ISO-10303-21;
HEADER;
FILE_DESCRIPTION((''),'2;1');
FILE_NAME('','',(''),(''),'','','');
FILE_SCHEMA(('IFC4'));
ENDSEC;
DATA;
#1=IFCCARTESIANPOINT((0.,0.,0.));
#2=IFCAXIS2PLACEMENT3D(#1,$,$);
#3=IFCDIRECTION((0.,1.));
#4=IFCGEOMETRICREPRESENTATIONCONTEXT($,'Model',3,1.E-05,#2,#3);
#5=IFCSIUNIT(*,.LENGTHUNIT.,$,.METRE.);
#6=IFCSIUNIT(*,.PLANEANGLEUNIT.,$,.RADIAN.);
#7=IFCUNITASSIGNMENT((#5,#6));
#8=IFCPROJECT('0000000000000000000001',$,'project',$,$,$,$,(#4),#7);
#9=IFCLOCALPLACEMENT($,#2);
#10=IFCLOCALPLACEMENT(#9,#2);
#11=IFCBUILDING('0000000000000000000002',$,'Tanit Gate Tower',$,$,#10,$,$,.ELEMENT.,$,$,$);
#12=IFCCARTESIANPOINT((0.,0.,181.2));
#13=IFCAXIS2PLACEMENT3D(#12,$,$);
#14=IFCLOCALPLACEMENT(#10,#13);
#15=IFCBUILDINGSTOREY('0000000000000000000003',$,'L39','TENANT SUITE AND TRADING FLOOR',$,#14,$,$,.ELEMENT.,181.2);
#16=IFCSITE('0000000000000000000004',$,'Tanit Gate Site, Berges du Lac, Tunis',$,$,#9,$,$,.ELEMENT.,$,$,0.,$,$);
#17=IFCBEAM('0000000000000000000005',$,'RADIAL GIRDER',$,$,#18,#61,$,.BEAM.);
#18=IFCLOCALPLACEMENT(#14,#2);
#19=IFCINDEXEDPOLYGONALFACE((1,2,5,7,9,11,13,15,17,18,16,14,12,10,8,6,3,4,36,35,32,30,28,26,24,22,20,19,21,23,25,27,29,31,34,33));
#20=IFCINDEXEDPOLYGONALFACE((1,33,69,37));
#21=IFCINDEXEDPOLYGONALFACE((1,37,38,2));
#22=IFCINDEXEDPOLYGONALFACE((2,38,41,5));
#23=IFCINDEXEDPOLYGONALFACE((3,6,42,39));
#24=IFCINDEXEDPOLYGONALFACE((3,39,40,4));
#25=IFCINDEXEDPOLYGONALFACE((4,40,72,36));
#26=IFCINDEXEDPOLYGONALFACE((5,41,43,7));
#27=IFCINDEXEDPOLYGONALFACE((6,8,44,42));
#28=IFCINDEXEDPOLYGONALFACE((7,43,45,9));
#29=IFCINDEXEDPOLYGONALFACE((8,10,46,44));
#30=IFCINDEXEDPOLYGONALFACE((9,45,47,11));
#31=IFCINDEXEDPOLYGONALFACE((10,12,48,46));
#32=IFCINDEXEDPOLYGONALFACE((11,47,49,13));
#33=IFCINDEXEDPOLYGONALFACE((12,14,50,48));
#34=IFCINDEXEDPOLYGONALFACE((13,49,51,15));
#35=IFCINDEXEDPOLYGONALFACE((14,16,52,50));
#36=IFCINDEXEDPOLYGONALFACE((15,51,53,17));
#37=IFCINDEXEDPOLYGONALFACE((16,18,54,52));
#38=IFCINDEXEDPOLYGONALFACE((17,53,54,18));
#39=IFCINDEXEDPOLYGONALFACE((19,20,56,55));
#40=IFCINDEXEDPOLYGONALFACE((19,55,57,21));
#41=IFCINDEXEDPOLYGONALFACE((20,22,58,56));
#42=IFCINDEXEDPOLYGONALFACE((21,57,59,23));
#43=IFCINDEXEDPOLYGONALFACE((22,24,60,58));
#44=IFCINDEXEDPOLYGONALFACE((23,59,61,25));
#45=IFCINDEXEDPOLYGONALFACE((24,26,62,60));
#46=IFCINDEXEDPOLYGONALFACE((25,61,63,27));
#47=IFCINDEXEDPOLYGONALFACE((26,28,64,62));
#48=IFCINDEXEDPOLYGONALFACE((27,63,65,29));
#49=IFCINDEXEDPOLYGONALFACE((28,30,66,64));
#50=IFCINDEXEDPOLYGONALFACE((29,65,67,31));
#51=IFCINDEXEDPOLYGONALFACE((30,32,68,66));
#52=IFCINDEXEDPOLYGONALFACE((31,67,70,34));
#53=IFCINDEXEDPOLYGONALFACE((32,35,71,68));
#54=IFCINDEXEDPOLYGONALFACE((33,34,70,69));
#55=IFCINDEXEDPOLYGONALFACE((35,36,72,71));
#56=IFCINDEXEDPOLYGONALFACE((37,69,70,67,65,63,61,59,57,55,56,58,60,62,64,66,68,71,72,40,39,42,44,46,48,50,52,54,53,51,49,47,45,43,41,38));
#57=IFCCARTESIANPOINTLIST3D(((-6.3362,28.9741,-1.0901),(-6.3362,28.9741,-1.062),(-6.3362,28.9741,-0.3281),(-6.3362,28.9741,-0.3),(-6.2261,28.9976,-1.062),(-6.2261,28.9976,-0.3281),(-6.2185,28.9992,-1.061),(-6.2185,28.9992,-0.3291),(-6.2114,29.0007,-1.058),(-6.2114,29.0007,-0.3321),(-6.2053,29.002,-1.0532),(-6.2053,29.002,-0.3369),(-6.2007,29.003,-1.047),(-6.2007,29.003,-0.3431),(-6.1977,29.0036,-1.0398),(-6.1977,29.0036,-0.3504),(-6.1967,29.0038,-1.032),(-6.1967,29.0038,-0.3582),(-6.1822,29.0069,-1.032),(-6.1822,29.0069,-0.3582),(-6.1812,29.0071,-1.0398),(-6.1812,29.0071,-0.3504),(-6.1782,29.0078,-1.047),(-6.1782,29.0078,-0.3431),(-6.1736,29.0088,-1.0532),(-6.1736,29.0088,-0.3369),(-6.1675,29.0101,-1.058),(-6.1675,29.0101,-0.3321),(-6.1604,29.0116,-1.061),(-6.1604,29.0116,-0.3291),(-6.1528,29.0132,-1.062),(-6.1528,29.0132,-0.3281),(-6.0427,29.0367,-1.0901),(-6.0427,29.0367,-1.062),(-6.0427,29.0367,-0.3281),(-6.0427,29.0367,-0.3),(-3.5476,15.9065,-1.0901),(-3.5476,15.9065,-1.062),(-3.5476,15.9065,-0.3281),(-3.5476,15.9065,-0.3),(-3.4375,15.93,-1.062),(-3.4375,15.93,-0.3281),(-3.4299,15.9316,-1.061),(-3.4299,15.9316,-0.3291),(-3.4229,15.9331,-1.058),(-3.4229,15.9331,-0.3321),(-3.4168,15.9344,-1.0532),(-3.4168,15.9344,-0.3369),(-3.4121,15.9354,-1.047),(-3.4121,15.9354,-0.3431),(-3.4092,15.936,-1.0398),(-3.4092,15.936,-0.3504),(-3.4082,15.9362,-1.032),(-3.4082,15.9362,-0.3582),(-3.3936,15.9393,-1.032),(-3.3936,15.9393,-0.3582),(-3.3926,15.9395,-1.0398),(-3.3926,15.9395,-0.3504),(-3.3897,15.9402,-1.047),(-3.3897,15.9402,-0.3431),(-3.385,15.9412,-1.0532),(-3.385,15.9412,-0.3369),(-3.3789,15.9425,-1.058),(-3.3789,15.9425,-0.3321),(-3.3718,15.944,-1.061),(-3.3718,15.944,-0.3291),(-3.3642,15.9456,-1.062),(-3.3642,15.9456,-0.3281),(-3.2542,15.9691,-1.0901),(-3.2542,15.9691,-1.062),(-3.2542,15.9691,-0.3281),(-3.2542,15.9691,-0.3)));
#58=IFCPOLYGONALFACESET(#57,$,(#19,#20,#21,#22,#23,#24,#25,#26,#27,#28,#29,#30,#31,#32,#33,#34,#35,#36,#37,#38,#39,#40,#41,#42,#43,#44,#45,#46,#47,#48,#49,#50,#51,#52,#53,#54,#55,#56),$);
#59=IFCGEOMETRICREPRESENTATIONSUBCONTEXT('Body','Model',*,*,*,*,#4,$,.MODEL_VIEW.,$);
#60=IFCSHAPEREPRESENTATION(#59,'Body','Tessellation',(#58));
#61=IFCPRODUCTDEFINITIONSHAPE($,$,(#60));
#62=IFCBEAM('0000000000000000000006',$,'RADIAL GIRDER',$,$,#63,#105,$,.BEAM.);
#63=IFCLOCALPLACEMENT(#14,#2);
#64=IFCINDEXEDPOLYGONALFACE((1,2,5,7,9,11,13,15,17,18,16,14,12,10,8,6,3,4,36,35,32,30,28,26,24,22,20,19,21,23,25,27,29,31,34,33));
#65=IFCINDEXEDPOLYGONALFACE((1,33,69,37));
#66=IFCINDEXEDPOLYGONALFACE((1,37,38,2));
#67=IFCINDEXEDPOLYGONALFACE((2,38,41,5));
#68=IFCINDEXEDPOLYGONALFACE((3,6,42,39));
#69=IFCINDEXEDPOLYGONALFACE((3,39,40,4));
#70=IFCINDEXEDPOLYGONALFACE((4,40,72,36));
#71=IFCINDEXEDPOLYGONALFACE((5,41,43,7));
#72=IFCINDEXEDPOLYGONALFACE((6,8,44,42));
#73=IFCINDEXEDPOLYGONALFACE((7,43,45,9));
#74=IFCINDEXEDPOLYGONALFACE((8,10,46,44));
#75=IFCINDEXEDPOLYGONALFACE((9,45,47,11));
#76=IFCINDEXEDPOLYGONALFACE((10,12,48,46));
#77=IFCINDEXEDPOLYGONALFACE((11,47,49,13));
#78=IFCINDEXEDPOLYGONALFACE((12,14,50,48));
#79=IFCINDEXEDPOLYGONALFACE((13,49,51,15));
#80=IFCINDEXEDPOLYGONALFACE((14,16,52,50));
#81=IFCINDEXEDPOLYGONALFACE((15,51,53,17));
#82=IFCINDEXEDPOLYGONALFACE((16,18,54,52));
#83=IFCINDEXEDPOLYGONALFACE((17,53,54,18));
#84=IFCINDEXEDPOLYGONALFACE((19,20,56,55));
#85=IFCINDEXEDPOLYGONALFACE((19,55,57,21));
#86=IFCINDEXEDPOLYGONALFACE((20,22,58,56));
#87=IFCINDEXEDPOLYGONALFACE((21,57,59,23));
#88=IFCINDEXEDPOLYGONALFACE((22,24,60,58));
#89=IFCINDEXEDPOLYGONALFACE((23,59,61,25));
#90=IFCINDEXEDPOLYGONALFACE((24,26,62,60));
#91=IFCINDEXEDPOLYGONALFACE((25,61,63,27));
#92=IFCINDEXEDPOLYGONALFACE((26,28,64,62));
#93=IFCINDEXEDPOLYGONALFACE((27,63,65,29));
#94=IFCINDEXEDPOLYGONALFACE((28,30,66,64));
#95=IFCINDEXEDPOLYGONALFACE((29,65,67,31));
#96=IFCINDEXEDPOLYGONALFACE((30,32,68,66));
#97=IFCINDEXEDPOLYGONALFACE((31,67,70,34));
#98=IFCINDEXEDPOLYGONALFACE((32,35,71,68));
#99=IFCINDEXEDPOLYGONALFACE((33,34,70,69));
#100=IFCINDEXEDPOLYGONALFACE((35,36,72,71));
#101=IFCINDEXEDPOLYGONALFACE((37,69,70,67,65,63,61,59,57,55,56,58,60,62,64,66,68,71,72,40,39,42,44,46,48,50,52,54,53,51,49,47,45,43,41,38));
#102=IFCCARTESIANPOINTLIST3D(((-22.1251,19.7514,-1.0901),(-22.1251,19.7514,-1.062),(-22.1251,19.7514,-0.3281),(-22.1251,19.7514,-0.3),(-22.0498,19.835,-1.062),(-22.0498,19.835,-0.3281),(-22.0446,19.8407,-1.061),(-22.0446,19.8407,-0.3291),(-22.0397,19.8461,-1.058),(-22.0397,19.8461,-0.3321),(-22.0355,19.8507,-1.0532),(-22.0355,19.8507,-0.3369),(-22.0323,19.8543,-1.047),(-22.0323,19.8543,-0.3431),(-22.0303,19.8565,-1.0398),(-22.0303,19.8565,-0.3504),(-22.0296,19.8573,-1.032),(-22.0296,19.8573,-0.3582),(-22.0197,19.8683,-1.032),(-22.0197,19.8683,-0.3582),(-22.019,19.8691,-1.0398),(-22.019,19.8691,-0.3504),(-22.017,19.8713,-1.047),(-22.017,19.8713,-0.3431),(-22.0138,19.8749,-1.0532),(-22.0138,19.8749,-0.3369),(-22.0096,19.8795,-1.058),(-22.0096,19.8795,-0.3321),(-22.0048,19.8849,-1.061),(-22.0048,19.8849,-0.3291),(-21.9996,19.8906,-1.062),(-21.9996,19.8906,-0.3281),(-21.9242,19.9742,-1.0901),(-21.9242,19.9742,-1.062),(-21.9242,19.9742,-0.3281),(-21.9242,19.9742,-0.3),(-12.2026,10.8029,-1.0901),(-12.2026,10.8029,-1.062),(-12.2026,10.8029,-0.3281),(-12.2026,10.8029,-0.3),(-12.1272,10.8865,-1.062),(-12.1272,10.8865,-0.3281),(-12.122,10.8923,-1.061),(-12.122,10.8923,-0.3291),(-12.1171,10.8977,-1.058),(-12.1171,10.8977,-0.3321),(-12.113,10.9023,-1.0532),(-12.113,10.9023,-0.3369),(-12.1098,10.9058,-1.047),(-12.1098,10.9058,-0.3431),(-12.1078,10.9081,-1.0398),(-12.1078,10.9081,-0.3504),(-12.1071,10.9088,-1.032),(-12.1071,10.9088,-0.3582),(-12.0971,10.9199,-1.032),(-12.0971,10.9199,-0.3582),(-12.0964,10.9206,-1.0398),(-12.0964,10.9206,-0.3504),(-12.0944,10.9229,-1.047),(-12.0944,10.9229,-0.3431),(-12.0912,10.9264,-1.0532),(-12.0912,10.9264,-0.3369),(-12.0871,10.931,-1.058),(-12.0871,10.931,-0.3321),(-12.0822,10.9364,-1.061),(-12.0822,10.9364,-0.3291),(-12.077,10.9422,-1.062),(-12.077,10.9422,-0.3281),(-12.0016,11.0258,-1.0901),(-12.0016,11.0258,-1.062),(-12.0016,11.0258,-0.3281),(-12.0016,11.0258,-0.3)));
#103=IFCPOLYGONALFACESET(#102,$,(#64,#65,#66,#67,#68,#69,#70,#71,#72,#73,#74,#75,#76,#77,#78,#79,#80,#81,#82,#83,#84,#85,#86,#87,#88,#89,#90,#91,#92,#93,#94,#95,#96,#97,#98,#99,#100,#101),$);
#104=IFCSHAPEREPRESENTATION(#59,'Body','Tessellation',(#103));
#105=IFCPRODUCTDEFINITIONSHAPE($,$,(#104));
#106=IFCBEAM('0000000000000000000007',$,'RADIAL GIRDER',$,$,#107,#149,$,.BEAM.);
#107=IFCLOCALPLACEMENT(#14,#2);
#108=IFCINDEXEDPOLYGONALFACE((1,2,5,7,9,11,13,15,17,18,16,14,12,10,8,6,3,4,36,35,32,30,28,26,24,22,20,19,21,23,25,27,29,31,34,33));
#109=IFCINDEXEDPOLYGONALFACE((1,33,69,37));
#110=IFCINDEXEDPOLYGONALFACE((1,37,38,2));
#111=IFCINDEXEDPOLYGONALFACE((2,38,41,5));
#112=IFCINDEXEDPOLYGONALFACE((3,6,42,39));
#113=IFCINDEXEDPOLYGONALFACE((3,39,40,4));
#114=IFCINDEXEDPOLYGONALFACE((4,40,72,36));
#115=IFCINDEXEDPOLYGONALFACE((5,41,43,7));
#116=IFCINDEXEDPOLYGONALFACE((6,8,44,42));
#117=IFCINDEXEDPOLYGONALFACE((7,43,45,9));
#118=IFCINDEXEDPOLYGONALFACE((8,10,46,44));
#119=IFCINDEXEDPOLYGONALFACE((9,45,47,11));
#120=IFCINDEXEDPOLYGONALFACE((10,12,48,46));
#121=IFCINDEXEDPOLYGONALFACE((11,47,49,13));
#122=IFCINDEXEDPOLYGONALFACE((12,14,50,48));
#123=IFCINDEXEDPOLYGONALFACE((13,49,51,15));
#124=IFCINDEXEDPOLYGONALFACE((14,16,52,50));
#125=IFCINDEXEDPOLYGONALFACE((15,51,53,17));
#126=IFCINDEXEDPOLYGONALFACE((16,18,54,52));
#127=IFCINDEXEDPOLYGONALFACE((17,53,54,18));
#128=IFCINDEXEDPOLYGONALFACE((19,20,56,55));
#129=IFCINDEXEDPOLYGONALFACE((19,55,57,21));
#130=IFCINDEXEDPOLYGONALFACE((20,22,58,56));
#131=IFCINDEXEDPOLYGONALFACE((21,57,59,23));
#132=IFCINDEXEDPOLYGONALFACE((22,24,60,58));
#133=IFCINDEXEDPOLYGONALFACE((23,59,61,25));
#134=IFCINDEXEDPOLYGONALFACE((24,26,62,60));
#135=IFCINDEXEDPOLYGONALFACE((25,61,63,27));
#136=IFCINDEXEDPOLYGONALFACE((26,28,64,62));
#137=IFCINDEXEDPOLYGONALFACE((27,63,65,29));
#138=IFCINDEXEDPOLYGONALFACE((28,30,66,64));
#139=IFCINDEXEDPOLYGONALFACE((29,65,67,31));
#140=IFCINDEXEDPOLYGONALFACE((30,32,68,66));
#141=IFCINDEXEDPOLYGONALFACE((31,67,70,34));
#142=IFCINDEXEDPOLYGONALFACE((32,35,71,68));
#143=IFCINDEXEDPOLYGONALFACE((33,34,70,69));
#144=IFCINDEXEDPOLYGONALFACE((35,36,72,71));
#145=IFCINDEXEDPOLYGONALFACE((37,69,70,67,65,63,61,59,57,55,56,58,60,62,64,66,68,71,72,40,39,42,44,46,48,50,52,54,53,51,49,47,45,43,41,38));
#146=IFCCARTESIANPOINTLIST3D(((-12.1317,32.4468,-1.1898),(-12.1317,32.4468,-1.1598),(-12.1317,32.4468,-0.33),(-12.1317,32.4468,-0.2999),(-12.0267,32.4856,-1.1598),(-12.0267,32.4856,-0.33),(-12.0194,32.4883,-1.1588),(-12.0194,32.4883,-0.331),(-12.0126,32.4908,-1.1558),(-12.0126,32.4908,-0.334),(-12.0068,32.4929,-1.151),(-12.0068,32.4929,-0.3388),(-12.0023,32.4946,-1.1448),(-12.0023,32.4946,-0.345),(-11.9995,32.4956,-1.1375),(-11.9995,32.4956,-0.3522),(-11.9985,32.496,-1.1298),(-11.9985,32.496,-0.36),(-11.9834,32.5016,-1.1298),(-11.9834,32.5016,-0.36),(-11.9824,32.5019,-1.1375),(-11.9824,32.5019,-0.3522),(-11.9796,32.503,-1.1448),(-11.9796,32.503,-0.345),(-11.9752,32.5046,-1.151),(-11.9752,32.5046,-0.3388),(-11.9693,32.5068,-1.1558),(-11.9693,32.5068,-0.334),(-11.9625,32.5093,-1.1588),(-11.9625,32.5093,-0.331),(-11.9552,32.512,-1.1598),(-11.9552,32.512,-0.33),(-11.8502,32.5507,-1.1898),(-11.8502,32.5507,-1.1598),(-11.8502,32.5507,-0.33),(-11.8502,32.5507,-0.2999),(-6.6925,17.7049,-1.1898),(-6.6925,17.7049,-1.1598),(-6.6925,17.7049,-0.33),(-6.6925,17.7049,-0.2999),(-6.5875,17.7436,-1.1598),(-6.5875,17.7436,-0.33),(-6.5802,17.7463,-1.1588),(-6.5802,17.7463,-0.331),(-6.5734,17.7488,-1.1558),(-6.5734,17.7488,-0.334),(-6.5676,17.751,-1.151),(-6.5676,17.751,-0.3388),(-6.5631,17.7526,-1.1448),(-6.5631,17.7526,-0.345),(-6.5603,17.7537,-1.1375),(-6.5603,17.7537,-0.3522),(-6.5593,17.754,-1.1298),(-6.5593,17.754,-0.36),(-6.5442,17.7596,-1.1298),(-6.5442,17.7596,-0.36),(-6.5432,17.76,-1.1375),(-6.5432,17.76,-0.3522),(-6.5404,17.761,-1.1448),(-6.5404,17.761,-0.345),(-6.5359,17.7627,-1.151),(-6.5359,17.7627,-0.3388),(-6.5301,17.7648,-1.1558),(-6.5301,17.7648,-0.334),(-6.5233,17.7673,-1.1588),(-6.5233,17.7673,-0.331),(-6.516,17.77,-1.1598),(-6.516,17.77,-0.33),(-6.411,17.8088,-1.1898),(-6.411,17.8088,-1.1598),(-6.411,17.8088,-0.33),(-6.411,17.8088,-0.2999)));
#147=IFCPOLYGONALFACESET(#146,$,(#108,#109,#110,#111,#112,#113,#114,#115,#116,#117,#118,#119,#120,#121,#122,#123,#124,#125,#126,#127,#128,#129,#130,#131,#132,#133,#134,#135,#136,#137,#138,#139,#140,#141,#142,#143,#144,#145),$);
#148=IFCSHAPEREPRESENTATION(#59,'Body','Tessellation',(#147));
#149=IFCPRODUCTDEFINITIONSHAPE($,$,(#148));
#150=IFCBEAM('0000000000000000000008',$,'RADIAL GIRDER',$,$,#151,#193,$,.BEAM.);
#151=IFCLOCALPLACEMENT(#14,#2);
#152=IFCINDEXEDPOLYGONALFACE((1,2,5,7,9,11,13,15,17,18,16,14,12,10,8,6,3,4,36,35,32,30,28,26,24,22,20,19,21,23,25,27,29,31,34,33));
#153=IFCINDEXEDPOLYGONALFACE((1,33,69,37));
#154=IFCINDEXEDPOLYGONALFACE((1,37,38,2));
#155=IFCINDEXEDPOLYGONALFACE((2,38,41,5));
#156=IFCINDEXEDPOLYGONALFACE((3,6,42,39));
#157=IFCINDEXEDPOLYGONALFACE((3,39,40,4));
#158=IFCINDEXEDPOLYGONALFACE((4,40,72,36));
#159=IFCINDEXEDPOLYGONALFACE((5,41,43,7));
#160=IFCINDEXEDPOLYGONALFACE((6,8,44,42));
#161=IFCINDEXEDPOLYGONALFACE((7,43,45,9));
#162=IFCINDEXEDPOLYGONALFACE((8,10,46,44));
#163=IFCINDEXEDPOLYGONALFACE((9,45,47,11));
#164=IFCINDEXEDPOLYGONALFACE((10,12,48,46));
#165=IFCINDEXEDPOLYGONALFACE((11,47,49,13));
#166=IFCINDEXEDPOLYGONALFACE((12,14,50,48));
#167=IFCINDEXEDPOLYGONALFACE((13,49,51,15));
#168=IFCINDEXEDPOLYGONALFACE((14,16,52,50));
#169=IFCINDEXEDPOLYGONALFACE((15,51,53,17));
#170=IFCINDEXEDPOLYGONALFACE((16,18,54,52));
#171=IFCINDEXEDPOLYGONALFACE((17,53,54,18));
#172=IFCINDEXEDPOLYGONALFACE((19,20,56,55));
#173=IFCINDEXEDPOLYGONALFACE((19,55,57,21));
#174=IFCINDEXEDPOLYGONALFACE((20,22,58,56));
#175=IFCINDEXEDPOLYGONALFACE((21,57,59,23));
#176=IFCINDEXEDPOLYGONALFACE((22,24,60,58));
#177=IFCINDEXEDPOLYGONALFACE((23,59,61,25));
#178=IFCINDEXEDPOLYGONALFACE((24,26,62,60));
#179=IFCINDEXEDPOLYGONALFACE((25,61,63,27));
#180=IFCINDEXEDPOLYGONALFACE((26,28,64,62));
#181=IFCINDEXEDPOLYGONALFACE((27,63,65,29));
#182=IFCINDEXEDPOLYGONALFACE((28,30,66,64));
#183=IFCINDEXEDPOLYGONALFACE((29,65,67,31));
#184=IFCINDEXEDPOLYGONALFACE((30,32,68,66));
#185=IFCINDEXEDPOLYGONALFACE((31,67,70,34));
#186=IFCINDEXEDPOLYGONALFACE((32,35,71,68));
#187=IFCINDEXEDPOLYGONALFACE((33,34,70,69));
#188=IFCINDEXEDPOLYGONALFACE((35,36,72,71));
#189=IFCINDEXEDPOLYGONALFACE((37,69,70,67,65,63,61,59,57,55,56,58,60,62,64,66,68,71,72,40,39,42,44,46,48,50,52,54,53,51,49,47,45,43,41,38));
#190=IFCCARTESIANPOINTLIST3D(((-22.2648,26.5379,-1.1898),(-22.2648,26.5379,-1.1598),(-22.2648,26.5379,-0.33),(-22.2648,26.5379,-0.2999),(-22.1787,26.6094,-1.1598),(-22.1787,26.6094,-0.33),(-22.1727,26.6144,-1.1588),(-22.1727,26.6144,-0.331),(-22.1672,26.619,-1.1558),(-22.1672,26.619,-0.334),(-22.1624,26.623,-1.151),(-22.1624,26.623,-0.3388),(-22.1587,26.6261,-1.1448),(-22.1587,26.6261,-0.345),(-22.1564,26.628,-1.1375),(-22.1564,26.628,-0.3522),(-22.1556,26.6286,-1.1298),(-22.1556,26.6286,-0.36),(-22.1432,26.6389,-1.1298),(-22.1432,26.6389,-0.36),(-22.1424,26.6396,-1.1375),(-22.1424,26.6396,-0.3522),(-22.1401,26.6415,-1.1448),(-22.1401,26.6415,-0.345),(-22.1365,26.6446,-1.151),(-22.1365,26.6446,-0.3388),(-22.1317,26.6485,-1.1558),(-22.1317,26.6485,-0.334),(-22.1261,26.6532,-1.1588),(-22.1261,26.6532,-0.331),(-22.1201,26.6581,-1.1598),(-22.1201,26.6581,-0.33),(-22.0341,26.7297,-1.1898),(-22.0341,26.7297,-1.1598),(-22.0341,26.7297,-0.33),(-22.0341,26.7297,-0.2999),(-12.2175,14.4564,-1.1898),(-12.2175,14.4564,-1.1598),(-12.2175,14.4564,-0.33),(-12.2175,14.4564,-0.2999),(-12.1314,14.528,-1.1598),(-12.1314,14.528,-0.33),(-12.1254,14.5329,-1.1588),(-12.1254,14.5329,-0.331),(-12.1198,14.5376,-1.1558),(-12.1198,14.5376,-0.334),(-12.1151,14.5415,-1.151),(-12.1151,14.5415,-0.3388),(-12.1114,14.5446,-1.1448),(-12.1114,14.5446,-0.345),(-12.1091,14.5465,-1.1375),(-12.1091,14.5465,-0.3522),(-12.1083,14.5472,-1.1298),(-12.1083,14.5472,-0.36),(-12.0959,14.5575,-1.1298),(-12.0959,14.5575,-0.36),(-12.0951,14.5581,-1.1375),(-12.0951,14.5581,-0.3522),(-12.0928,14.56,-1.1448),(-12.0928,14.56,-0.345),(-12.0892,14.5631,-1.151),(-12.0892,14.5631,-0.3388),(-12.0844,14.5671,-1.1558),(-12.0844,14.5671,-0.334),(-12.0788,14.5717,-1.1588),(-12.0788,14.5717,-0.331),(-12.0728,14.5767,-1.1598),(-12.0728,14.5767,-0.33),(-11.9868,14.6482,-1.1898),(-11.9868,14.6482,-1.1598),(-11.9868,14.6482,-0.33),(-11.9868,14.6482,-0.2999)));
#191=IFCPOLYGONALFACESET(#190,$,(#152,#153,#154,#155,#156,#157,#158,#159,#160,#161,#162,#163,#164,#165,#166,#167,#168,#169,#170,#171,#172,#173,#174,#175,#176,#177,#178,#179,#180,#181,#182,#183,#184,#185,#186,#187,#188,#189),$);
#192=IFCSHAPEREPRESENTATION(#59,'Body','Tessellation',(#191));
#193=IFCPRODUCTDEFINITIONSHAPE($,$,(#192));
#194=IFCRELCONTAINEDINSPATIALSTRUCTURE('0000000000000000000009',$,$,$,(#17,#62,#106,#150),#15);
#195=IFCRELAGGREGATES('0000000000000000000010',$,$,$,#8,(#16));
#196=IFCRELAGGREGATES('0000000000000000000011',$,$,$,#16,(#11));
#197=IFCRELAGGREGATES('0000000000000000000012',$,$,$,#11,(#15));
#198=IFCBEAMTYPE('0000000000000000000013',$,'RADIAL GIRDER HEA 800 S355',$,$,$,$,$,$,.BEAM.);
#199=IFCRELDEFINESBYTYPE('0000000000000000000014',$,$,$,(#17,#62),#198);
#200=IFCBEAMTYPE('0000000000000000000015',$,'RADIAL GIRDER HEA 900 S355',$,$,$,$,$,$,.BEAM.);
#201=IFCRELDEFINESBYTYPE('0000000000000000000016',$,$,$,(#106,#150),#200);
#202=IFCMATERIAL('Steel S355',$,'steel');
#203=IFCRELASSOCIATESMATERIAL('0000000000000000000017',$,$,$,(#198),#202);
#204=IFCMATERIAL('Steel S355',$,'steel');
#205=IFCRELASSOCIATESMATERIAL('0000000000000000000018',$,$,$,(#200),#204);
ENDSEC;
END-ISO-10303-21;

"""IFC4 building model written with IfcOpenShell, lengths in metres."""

from ifc_helpers import new_model, si_unit, direction, frame, origin, origin_2d, place, context, subcontext, project, spatial, i_section, extrude, material, material_profile, profile_set, type_object, element, save


model = new_model("IFC4")

# Units and contexts
model_context = context("Model", 3, precision=1e-05, world=origin(), true_north=direction((0.0, 1.0)))
body_context = subcontext(model_context, "Body", "Model", "MODEL_VIEW")
ifc_project = project(units=[si_unit("LENGTHUNIT", "METRE"), si_unit("PLANEANGLEUNIT", "RADIAN")], contexts=[model_context])

# Site, building, storey
site_placement = place(None, origin())
site = spatial("IfcSite", under=ifc_project, at=site_placement, Name="Tanit Gate Site, Berges du Lac, Tunis", CompositionType="ELEMENT", RefElevation=0.0)
building_placement = place(site_placement, origin())
building = spatial("IfcBuilding", under=site, at=building_placement, Name="Tanit Gate Tower", CompositionType="ELEMENT")
storey_placement = place(building_placement, frame((0.0, 0.0, 181.2)))
storey = spatial("IfcBuildingStorey", under=building, at=storey_placement, Name="L39", Description="TENANT SUITE AND TRADING FLOOR", CompositionType="ELEMENT", Elevation=181.2)

# Beams
ifc_material_1 = material(Name="Steel S355", Category="steel")
ifc_material_profile_1 = material_profile(ifc_material_1, i_section(OverallWidth=0.3, OverallDepth=0.79, WebThickness=0.0149, FlangeThickness=0.0281, FilletRadius=0.03, at=origin_2d()), Name="HEA 800")
ifc_profile_set_1 = profile_set([ifc_material_profile_1], Name="Steel S355")
beam_type_1 = type_object("IfcBeamType", Name="RADIAL GIRDER HEA 800 S355", PredefinedType="BEAM", material=ifc_profile_set_1)
beam_1_placement = place(storey_placement, frame((-6.1895, 29.0054, -0.6951), z_axis=(0.208697, -0.97798, 0.0), x_axis=(0.97798, 0.208697, 0.0)))
element("IfcBeam", 1, at=beam_1_placement, inside=storey, type_object=beam_type_1, Name="RADIAL GIRDER", PredefinedType="BEAM", context=body_context, shape_type="SweptSolid", body=[
    extrude(i_section(OverallWidth=0.3, OverallDepth=0.79, WebThickness=0.0149, FlangeThickness=0.0281, FilletRadius=0.03, at=origin_2d()), origin(), (0.0, 0.0, 1.0), 13.3618),
])
beam_2_placement = place(storey_placement, frame((-22.0247, 19.8628, -0.6951), z_axis=(0.742619, -0.669714, 0.0), x_axis=(0.669714, 0.742619, 0.0)))
element("IfcBeam", 2, at=beam_2_placement, inside=storey, type_object=beam_type_1, Name="RADIAL GIRDER", PredefinedType="BEAM", context=body_context, shape_type="SweptSolid", body=[
    extrude(i_section(OverallWidth=0.3, OverallDepth=0.79, WebThickness=0.0149, FlangeThickness=0.0281, FilletRadius=0.03, at=origin_2d()), origin(), (0.0, 0.0, 1.0), 13.3616),
])
ifc_material_2 = material(Name="Steel S355", Category="steel")
ifc_material_profile_2 = material_profile(ifc_material_2, i_section(OverallWidth=0.3, OverallDepth=0.8899, WebThickness=0.0161, FlangeThickness=0.03, FilletRadius=0.03, at=origin_2d()), Name="HEA 900")
ifc_profile_set_2 = profile_set([ifc_material_profile_2], Name="Steel S355")
beam_type_2 = type_object("IfcBeamType", Name="RADIAL GIRDER HEA 900 S355", PredefinedType="BEAM", material=ifc_profile_set_2)
for number, where, z_axis, x_axis, name in (
    (3, (-11.991, 32.4988, -0.7449), (0.346152, -0.938179, 0.0), (0.938179, 0.346152, 0.0), "RADIAL GIRDER"),
    (4, (-22.1494, 26.6338, -0.7449), (0.639411, -0.768865, 0.0), (0.768865, 0.639411, 0.0), "RADIAL GIRDER"),
):
    element("IfcBeam", number, at=place(storey_placement, frame(where, z_axis=z_axis, x_axis=x_axis)), inside=storey, type_object=beam_type_2, Name=name, PredefinedType="BEAM", context=body_context, shape_type="SweptSolid", body=[
        extrude(i_section(OverallWidth=0.3, OverallDepth=0.8899, WebThickness=0.0161, FlangeThickness=0.03, FilletRadius=0.03, at=origin_2d()), origin(), (0.0, 0.0, 1.0), 15.7134),
    ])

save(model, "model.ifc")
